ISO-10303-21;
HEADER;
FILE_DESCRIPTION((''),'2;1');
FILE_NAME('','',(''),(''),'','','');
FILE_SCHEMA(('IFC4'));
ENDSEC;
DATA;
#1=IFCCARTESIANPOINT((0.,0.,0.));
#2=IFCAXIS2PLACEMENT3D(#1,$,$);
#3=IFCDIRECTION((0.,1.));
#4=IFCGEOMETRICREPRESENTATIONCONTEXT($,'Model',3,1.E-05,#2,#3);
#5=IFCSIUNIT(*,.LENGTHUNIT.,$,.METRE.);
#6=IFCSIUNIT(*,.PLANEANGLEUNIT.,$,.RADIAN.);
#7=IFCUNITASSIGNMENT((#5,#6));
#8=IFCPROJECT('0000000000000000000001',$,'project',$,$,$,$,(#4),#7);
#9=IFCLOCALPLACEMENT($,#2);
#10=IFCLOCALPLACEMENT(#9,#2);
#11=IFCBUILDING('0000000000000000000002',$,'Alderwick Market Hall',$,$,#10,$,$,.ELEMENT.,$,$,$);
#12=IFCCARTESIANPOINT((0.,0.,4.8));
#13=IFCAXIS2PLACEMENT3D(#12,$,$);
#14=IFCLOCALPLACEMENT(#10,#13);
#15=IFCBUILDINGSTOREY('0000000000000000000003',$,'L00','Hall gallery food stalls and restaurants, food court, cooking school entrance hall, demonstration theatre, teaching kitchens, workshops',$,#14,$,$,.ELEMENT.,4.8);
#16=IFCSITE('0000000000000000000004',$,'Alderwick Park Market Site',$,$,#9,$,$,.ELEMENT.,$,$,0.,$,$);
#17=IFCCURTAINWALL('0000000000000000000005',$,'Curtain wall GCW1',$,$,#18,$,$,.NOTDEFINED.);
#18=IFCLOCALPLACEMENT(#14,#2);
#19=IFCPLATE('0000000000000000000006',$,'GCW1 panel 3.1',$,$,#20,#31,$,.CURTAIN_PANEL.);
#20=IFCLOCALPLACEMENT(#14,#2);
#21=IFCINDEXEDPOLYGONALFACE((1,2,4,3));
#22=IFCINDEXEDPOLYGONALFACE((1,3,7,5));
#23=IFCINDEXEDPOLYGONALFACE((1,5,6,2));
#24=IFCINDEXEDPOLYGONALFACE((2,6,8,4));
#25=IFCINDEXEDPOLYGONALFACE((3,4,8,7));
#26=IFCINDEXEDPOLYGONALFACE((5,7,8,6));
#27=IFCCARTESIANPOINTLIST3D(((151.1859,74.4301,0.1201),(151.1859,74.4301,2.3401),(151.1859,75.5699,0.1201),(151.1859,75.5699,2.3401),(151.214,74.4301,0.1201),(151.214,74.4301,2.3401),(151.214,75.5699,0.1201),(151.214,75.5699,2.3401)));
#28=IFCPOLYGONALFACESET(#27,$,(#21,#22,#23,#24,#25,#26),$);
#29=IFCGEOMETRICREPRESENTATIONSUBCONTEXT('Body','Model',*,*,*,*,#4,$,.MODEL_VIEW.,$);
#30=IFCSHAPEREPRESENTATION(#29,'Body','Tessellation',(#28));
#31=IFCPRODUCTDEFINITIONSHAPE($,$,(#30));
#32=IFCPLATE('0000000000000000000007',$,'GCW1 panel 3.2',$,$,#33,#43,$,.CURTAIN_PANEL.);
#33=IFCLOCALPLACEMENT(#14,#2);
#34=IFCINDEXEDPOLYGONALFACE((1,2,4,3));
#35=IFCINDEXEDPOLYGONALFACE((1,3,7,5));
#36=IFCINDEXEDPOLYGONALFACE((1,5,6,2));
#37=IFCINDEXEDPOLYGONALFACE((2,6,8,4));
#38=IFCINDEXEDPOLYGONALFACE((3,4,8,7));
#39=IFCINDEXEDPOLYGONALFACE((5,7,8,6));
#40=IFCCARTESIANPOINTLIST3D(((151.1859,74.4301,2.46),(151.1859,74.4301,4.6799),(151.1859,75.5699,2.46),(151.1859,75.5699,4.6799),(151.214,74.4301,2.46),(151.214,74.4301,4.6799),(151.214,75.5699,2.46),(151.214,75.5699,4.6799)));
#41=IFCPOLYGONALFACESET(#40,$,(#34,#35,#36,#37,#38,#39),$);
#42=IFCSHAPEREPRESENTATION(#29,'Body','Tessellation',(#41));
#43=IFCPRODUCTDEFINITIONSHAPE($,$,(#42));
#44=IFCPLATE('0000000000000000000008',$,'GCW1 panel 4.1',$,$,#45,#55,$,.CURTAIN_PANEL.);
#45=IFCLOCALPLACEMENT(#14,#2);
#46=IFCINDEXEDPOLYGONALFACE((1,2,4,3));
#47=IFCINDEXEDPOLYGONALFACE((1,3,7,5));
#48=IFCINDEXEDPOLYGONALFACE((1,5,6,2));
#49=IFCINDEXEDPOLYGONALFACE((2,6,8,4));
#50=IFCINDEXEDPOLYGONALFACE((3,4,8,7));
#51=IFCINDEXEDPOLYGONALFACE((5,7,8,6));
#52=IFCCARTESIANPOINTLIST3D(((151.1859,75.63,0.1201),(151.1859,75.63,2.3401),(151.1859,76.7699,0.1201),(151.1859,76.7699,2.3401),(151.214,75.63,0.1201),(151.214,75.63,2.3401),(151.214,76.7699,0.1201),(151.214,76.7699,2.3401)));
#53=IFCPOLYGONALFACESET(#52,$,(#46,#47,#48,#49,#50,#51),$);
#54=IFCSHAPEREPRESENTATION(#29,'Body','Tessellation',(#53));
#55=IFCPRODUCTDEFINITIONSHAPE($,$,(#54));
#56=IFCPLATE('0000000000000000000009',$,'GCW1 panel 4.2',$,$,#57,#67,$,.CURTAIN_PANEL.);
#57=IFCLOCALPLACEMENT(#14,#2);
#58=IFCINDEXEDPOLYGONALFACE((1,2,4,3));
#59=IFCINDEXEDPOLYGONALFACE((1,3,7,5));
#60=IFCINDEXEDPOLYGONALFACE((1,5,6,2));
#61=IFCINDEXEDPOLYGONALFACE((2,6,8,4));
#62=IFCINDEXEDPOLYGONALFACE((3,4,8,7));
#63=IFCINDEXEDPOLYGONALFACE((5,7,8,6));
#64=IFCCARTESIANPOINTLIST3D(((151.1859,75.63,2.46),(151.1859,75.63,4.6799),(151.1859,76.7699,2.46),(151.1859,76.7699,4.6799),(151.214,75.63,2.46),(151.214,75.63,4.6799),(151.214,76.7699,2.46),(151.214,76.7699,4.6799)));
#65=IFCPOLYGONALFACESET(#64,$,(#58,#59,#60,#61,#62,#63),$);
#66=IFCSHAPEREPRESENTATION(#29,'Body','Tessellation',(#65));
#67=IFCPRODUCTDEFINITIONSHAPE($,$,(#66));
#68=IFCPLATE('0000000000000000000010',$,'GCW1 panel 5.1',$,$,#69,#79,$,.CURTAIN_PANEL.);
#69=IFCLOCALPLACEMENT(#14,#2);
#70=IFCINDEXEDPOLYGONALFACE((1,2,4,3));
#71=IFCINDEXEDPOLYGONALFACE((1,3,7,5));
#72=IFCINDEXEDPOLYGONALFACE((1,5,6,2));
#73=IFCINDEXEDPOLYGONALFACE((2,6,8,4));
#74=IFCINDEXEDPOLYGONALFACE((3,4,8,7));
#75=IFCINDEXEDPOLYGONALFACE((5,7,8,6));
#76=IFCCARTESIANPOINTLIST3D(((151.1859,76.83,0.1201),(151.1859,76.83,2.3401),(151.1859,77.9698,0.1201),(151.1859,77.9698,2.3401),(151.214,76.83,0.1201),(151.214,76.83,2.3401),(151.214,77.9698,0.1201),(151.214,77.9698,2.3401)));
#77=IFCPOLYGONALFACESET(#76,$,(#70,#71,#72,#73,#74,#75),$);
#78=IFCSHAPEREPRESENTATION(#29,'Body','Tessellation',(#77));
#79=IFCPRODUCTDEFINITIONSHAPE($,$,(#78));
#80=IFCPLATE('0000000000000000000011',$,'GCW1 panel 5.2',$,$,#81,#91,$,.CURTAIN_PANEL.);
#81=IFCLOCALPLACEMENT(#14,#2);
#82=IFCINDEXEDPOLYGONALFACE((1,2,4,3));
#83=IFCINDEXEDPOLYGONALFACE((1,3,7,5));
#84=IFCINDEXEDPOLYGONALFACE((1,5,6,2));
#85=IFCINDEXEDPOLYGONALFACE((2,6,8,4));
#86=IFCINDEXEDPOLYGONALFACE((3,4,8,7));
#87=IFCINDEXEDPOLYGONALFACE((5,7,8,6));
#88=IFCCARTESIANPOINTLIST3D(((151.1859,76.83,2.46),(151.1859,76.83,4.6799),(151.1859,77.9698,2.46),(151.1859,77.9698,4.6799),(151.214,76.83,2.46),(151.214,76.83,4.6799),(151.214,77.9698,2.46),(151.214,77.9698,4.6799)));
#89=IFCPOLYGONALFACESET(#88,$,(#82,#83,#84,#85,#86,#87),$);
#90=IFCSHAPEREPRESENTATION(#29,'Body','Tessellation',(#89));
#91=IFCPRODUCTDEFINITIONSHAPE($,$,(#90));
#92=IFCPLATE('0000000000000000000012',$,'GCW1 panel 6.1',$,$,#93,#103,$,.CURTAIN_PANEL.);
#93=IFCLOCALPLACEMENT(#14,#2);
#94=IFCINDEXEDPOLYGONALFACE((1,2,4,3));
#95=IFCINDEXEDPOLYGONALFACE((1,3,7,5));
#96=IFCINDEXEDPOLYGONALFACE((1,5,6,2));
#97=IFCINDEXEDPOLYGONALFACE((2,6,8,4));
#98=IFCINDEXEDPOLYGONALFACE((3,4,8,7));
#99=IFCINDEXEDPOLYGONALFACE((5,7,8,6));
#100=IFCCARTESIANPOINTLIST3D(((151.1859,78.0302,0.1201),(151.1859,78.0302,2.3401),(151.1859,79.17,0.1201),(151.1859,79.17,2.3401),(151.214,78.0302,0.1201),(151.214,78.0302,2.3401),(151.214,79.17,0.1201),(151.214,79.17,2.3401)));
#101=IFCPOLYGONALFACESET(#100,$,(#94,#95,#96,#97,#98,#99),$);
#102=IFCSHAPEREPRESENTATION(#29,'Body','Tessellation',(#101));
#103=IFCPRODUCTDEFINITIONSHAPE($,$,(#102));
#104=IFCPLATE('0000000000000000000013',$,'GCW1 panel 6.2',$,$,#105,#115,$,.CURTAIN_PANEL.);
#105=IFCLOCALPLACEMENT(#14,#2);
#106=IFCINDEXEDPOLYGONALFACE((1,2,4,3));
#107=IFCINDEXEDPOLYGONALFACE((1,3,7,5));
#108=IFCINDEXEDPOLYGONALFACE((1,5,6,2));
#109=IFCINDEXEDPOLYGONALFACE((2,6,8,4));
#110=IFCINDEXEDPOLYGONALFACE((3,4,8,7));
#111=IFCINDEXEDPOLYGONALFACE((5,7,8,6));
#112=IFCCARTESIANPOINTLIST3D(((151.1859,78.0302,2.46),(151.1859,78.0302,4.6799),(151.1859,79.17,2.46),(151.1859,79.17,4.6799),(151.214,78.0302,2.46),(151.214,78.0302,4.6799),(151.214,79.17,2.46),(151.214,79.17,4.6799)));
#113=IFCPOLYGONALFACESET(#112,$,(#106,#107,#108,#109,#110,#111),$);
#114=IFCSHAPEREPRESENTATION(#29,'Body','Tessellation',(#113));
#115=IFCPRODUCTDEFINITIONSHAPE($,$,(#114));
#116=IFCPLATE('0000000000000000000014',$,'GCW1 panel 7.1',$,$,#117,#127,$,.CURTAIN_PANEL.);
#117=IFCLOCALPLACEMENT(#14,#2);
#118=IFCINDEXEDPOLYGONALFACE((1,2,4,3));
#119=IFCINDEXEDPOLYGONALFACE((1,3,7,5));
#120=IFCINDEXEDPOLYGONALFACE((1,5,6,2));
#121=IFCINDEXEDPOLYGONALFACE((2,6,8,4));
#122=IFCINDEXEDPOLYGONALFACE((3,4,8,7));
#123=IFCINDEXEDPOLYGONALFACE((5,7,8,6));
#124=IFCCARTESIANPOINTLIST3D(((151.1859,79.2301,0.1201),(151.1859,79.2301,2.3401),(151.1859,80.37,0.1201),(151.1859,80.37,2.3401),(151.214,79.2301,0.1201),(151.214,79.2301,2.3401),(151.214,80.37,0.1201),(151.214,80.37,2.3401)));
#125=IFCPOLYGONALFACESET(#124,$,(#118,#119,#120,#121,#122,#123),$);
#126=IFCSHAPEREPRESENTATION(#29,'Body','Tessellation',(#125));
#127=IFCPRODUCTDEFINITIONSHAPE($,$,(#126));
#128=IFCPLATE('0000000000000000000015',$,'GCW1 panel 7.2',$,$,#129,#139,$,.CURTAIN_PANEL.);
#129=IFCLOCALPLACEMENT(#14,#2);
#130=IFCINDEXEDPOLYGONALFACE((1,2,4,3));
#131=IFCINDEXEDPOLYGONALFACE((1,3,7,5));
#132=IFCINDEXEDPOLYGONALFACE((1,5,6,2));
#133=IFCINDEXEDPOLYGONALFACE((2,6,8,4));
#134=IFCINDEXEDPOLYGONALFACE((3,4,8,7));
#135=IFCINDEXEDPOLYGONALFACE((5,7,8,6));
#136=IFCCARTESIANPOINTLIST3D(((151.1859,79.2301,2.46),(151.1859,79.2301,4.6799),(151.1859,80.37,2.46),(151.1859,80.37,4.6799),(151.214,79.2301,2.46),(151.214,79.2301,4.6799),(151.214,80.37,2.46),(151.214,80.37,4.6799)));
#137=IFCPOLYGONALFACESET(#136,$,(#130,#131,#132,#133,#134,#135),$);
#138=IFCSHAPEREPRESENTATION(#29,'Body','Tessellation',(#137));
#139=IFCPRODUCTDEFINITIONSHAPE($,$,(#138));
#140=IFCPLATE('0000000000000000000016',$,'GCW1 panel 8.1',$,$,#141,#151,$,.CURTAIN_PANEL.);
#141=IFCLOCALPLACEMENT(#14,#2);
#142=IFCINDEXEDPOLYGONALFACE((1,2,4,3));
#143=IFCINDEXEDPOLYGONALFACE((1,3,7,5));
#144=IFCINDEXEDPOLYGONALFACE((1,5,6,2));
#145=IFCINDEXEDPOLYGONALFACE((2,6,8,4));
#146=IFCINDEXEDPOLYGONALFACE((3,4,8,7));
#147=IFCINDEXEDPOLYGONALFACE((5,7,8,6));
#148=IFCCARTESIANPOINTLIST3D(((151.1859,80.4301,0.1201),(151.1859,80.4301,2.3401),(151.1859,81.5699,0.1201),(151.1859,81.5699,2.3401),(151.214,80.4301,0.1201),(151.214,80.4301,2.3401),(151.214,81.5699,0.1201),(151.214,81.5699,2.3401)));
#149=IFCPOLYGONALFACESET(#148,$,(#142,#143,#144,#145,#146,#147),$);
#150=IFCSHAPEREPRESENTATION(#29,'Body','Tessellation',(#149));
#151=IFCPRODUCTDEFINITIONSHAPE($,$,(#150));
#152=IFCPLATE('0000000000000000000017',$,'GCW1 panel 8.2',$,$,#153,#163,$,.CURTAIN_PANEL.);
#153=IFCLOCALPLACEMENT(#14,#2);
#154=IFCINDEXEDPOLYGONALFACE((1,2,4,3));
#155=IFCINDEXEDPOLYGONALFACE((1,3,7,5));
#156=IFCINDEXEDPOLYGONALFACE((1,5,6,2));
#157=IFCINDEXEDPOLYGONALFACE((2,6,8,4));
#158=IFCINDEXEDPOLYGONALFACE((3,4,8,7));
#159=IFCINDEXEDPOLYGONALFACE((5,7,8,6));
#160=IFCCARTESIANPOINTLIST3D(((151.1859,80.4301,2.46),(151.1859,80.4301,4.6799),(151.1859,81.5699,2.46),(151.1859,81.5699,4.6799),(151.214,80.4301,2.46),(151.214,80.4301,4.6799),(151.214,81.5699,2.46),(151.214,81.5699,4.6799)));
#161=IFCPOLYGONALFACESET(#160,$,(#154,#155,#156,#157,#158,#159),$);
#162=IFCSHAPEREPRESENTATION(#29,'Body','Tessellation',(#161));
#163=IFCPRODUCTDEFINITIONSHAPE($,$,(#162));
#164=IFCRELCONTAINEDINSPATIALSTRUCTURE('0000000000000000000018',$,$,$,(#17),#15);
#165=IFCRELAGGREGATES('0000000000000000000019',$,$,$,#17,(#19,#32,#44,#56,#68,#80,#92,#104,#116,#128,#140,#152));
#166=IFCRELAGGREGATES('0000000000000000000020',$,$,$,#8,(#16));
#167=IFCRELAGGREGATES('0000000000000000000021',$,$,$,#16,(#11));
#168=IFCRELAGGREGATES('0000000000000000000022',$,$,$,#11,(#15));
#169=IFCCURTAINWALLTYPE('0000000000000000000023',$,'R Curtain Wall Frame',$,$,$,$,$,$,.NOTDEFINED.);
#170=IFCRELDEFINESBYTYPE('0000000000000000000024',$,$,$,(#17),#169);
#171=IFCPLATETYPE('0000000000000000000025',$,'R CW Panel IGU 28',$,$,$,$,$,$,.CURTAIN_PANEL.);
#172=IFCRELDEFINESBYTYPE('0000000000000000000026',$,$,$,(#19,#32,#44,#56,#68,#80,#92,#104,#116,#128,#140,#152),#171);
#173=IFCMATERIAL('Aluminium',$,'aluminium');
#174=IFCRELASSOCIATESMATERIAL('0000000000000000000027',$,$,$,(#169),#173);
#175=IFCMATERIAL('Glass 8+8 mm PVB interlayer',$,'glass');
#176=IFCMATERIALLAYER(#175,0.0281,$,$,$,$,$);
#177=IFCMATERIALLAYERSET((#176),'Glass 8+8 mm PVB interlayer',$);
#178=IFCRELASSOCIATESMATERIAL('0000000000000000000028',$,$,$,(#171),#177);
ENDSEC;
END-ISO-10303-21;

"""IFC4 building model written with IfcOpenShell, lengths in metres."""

from ifc_helpers import new_model, si_unit, direction, frame, origin, origin_2d, place, context, subcontext, project, spatial, rectangle, extrude, material, layer, layer_set, type_object, element, aggregate, save


model = new_model("IFC4")

# Units and contexts
model_context = context("Model", 3, precision=1e-05, world=origin(), true_north=direction((0.0, 1.0)))
body_context = subcontext(model_context, "Body", "Model", "MODEL_VIEW")
ifc_project = project(units=[si_unit("LENGTHUNIT", "METRE"), si_unit("PLANEANGLEUNIT", "RADIAN")], contexts=[model_context])

# Site, building, storey
site_placement = place(None, origin())
site = spatial("IfcSite", under=ifc_project, at=site_placement, Name="Alderwick Park Market Site", CompositionType="ELEMENT", RefElevation=0.0)
building_placement = place(site_placement, origin())
building = spatial("IfcBuilding", under=site, at=building_placement, Name="Alderwick Market Hall", CompositionType="ELEMENT")
storey_placement = place(building_placement, frame((0.0, 0.0, 4.8)))
storey = spatial("IfcBuildingStorey", under=building, at=storey_placement, Name="L00", Description="Hall gallery food stalls and restaurants, food court, cooking school entrance hall, demonstration theatre, teaching kitchens, workshops", CompositionType="ELEMENT", Elevation=4.8)

# Curtain wall
ifc_material_1 = material(Name="Aluminium", Category="aluminium")
curtain_wall_type = type_object("IfcCurtainWallType", Name="R Curtain Wall Frame", PredefinedType="NOTDEFINED", material=ifc_material_1)
curtain_wall_placement = place(storey_placement, origin())
curtain_wall = element("IfcCurtainWall", 1, at=curtain_wall_placement, inside=storey, type_object=curtain_wall_type, Name="Curtain wall GCW1", PredefinedType="NOTDEFINED")

# Plates
ifc_material_2 = material(Name="Glass 8+8 mm PVB interlayer", Category="glass")
ifc_layer = layer(ifc_material_2, 0.0281)
ifc_layer_set = layer_set([ifc_layer], Name="Glass 8+8 mm PVB interlayer")
plate_type = type_object("IfcPlateType", Name="R CW Panel IGU 28", PredefinedType="CURTAIN_PANEL", material=ifc_layer_set)
plate_1_placement = place(storey_placement, frame((151.2, 75.0, 0.1201), z_axis=(0.0, 0.0, 1.0), x_axis=(1.0, 0.0, 0.0)))
plate_1 = element("IfcPlate", 2, at=plate_1_placement, type_object=plate_type, Name="GCW1 panel 3.1", PredefinedType="CURTAIN_PANEL", context=body_context, shape_type="SweptSolid", body=[
    extrude(rectangle(XDim=0.0281, YDim=1.1399, at=origin_2d()), origin(), (0.0, 0.0, 1.0), 2.22),
])
plate_2_placement = place(storey_placement, frame((151.2, 75.0, 2.46), z_axis=(0.0, 0.0, 1.0), x_axis=(1.0, 0.0, 0.0)))
plate_2 = element("IfcPlate", 3, at=plate_2_placement, type_object=plate_type, Name="GCW1 panel 3.2", PredefinedType="CURTAIN_PANEL", context=body_context, shape_type="SweptSolid", body=[
    extrude(rectangle(XDim=0.0281, YDim=1.1399, at=origin_2d()), origin(), (0.0, 0.0, 1.0), 2.22),
])
plate_3_placement = place(storey_placement, frame((151.2, 76.2, 0.1201), z_axis=(0.0, 0.0, 1.0), x_axis=(1.0, 0.0, 0.0)))
plate_3 = element("IfcPlate", 4, at=plate_3_placement, type_object=plate_type, Name="GCW1 panel 4.1", PredefinedType="CURTAIN_PANEL", context=body_context, shape_type="SweptSolid", body=[
    extrude(rectangle(XDim=0.0281, YDim=1.1399, at=origin_2d()), origin(), (0.0, 0.0, 1.0), 2.22),
])
plate_4_placement = place(storey_placement, frame((151.2, 76.2, 2.46), z_axis=(0.0, 0.0, 1.0), x_axis=(1.0, 0.0, 0.0)))
plate_4 = element("IfcPlate", 5, at=plate_4_placement, type_object=plate_type, Name="GCW1 panel 4.2", PredefinedType="CURTAIN_PANEL", context=body_context, shape_type="SweptSolid", body=[
    extrude(rectangle(XDim=0.0281, YDim=1.1399, at=origin_2d()), origin(), (0.0, 0.0, 1.0), 2.22),
])
plate_5_placement = place(storey_placement, frame((151.2, 77.3999, 0.1201), z_axis=(0.0, 0.0, 1.0), x_axis=(1.0, 0.0, 0.0)))
plate_5 = element("IfcPlate", 6, at=plate_5_placement, type_object=plate_type, Name="GCW1 panel 5.1", PredefinedType="CURTAIN_PANEL", context=body_context, shape_type="SweptSolid", body=[
    extrude(rectangle(XDim=0.0281, YDim=1.1399, at=origin_2d()), origin(), (0.0, 0.0, 1.0), 2.22),
])
plate_6_placement = place(storey_placement, frame((151.2, 77.3999, 2.46), z_axis=(0.0, 0.0, 1.0), x_axis=(1.0, 0.0, 0.0)))
plate_6 = element("IfcPlate", 7, at=plate_6_placement, type_object=plate_type, Name="GCW1 panel 5.2", PredefinedType="CURTAIN_PANEL", context=body_context, shape_type="SweptSolid", body=[
    extrude(rectangle(XDim=0.0281, YDim=1.1399, at=origin_2d()), origin(), (0.0, 0.0, 1.0), 2.22),
])
plate_7_placement = place(storey_placement, frame((151.2, 78.6001, 0.1201), z_axis=(0.0, 0.0, 1.0), x_axis=(1.0, 0.0, 0.0)))
plate_7 = element("IfcPlate", 8, at=plate_7_placement, type_object=plate_type, Name="GCW1 panel 6.1", PredefinedType="CURTAIN_PANEL", context=body_context, shape_type="SweptSolid", body=[
    extrude(rectangle(XDim=0.0281, YDim=1.1399, at=origin_2d()), origin(), (0.0, 0.0, 1.0), 2.22),
])
plate_8_placement = place(storey_placement, frame((151.2, 78.6001, 2.46), z_axis=(0.0, 0.0, 1.0), x_axis=(1.0, 0.0, 0.0)))
plate_8 = element("IfcPlate", 9, at=plate_8_placement, type_object=plate_type, Name="GCW1 panel 6.2", PredefinedType="CURTAIN_PANEL", context=body_context, shape_type="SweptSolid", body=[
    extrude(rectangle(XDim=0.0281, YDim=1.1399, at=origin_2d()), origin(), (0.0, 0.0, 1.0), 2.22),
])
plate_9_placement = place(storey_placement, frame((151.2, 79.8, 0.1201), z_axis=(0.0, 0.0, 1.0), x_axis=(1.0, 0.0, 0.0)))
plate_9 = element("IfcPlate", 10, at=plate_9_placement, type_object=plate_type, Name="GCW1 panel 7.1", PredefinedType="CURTAIN_PANEL", context=body_context, shape_type="SweptSolid", body=[
    extrude(rectangle(XDim=0.0281, YDim=1.1399, at=origin_2d()), origin(), (0.0, 0.0, 1.0), 2.22),
])
plate_10_placement = place(storey_placement, frame((151.2, 79.8, 2.46), z_axis=(0.0, 0.0, 1.0), x_axis=(1.0, 0.0, 0.0)))
plate_10 = element("IfcPlate", 11, at=plate_10_placement, type_object=plate_type, Name="GCW1 panel 7.2", PredefinedType="CURTAIN_PANEL", context=body_context, shape_type="SweptSolid", body=[
    extrude(rectangle(XDim=0.0281, YDim=1.1399, at=origin_2d()), origin(), (0.0, 0.0, 1.0), 2.22),
])
plate_11_placement = place(storey_placement, frame((151.2, 81.0, 0.1201), z_axis=(0.0, 0.0, 1.0), x_axis=(1.0, 0.0, 0.0)))
plate_11 = element("IfcPlate", 12, at=plate_11_placement, type_object=plate_type, Name="GCW1 panel 8.1", PredefinedType="CURTAIN_PANEL", context=body_context, shape_type="SweptSolid", body=[
    extrude(rectangle(XDim=0.0281, YDim=1.1399, at=origin_2d()), origin(), (0.0, 0.0, 1.0), 2.22),
])
plate_12_placement = place(storey_placement, frame((151.2, 81.0, 2.46), z_axis=(0.0, 0.0, 1.0), x_axis=(1.0, 0.0, 0.0)))
plate_12 = element("IfcPlate", 13, at=plate_12_placement, type_object=plate_type, Name="GCW1 panel 8.2", PredefinedType="CURTAIN_PANEL", context=body_context, shape_type="SweptSolid", body=[
    extrude(rectangle(XDim=0.0281, YDim=1.1399, at=origin_2d()), origin(), (0.0, 0.0, 1.0), 2.22),
])
aggregate(curtain_wall, [plate_1, plate_2, plate_3, plate_4, plate_5, plate_6, plate_7, plate_8, plate_9, plate_10, plate_11, plate_12])

save(model, "model.ifc")
